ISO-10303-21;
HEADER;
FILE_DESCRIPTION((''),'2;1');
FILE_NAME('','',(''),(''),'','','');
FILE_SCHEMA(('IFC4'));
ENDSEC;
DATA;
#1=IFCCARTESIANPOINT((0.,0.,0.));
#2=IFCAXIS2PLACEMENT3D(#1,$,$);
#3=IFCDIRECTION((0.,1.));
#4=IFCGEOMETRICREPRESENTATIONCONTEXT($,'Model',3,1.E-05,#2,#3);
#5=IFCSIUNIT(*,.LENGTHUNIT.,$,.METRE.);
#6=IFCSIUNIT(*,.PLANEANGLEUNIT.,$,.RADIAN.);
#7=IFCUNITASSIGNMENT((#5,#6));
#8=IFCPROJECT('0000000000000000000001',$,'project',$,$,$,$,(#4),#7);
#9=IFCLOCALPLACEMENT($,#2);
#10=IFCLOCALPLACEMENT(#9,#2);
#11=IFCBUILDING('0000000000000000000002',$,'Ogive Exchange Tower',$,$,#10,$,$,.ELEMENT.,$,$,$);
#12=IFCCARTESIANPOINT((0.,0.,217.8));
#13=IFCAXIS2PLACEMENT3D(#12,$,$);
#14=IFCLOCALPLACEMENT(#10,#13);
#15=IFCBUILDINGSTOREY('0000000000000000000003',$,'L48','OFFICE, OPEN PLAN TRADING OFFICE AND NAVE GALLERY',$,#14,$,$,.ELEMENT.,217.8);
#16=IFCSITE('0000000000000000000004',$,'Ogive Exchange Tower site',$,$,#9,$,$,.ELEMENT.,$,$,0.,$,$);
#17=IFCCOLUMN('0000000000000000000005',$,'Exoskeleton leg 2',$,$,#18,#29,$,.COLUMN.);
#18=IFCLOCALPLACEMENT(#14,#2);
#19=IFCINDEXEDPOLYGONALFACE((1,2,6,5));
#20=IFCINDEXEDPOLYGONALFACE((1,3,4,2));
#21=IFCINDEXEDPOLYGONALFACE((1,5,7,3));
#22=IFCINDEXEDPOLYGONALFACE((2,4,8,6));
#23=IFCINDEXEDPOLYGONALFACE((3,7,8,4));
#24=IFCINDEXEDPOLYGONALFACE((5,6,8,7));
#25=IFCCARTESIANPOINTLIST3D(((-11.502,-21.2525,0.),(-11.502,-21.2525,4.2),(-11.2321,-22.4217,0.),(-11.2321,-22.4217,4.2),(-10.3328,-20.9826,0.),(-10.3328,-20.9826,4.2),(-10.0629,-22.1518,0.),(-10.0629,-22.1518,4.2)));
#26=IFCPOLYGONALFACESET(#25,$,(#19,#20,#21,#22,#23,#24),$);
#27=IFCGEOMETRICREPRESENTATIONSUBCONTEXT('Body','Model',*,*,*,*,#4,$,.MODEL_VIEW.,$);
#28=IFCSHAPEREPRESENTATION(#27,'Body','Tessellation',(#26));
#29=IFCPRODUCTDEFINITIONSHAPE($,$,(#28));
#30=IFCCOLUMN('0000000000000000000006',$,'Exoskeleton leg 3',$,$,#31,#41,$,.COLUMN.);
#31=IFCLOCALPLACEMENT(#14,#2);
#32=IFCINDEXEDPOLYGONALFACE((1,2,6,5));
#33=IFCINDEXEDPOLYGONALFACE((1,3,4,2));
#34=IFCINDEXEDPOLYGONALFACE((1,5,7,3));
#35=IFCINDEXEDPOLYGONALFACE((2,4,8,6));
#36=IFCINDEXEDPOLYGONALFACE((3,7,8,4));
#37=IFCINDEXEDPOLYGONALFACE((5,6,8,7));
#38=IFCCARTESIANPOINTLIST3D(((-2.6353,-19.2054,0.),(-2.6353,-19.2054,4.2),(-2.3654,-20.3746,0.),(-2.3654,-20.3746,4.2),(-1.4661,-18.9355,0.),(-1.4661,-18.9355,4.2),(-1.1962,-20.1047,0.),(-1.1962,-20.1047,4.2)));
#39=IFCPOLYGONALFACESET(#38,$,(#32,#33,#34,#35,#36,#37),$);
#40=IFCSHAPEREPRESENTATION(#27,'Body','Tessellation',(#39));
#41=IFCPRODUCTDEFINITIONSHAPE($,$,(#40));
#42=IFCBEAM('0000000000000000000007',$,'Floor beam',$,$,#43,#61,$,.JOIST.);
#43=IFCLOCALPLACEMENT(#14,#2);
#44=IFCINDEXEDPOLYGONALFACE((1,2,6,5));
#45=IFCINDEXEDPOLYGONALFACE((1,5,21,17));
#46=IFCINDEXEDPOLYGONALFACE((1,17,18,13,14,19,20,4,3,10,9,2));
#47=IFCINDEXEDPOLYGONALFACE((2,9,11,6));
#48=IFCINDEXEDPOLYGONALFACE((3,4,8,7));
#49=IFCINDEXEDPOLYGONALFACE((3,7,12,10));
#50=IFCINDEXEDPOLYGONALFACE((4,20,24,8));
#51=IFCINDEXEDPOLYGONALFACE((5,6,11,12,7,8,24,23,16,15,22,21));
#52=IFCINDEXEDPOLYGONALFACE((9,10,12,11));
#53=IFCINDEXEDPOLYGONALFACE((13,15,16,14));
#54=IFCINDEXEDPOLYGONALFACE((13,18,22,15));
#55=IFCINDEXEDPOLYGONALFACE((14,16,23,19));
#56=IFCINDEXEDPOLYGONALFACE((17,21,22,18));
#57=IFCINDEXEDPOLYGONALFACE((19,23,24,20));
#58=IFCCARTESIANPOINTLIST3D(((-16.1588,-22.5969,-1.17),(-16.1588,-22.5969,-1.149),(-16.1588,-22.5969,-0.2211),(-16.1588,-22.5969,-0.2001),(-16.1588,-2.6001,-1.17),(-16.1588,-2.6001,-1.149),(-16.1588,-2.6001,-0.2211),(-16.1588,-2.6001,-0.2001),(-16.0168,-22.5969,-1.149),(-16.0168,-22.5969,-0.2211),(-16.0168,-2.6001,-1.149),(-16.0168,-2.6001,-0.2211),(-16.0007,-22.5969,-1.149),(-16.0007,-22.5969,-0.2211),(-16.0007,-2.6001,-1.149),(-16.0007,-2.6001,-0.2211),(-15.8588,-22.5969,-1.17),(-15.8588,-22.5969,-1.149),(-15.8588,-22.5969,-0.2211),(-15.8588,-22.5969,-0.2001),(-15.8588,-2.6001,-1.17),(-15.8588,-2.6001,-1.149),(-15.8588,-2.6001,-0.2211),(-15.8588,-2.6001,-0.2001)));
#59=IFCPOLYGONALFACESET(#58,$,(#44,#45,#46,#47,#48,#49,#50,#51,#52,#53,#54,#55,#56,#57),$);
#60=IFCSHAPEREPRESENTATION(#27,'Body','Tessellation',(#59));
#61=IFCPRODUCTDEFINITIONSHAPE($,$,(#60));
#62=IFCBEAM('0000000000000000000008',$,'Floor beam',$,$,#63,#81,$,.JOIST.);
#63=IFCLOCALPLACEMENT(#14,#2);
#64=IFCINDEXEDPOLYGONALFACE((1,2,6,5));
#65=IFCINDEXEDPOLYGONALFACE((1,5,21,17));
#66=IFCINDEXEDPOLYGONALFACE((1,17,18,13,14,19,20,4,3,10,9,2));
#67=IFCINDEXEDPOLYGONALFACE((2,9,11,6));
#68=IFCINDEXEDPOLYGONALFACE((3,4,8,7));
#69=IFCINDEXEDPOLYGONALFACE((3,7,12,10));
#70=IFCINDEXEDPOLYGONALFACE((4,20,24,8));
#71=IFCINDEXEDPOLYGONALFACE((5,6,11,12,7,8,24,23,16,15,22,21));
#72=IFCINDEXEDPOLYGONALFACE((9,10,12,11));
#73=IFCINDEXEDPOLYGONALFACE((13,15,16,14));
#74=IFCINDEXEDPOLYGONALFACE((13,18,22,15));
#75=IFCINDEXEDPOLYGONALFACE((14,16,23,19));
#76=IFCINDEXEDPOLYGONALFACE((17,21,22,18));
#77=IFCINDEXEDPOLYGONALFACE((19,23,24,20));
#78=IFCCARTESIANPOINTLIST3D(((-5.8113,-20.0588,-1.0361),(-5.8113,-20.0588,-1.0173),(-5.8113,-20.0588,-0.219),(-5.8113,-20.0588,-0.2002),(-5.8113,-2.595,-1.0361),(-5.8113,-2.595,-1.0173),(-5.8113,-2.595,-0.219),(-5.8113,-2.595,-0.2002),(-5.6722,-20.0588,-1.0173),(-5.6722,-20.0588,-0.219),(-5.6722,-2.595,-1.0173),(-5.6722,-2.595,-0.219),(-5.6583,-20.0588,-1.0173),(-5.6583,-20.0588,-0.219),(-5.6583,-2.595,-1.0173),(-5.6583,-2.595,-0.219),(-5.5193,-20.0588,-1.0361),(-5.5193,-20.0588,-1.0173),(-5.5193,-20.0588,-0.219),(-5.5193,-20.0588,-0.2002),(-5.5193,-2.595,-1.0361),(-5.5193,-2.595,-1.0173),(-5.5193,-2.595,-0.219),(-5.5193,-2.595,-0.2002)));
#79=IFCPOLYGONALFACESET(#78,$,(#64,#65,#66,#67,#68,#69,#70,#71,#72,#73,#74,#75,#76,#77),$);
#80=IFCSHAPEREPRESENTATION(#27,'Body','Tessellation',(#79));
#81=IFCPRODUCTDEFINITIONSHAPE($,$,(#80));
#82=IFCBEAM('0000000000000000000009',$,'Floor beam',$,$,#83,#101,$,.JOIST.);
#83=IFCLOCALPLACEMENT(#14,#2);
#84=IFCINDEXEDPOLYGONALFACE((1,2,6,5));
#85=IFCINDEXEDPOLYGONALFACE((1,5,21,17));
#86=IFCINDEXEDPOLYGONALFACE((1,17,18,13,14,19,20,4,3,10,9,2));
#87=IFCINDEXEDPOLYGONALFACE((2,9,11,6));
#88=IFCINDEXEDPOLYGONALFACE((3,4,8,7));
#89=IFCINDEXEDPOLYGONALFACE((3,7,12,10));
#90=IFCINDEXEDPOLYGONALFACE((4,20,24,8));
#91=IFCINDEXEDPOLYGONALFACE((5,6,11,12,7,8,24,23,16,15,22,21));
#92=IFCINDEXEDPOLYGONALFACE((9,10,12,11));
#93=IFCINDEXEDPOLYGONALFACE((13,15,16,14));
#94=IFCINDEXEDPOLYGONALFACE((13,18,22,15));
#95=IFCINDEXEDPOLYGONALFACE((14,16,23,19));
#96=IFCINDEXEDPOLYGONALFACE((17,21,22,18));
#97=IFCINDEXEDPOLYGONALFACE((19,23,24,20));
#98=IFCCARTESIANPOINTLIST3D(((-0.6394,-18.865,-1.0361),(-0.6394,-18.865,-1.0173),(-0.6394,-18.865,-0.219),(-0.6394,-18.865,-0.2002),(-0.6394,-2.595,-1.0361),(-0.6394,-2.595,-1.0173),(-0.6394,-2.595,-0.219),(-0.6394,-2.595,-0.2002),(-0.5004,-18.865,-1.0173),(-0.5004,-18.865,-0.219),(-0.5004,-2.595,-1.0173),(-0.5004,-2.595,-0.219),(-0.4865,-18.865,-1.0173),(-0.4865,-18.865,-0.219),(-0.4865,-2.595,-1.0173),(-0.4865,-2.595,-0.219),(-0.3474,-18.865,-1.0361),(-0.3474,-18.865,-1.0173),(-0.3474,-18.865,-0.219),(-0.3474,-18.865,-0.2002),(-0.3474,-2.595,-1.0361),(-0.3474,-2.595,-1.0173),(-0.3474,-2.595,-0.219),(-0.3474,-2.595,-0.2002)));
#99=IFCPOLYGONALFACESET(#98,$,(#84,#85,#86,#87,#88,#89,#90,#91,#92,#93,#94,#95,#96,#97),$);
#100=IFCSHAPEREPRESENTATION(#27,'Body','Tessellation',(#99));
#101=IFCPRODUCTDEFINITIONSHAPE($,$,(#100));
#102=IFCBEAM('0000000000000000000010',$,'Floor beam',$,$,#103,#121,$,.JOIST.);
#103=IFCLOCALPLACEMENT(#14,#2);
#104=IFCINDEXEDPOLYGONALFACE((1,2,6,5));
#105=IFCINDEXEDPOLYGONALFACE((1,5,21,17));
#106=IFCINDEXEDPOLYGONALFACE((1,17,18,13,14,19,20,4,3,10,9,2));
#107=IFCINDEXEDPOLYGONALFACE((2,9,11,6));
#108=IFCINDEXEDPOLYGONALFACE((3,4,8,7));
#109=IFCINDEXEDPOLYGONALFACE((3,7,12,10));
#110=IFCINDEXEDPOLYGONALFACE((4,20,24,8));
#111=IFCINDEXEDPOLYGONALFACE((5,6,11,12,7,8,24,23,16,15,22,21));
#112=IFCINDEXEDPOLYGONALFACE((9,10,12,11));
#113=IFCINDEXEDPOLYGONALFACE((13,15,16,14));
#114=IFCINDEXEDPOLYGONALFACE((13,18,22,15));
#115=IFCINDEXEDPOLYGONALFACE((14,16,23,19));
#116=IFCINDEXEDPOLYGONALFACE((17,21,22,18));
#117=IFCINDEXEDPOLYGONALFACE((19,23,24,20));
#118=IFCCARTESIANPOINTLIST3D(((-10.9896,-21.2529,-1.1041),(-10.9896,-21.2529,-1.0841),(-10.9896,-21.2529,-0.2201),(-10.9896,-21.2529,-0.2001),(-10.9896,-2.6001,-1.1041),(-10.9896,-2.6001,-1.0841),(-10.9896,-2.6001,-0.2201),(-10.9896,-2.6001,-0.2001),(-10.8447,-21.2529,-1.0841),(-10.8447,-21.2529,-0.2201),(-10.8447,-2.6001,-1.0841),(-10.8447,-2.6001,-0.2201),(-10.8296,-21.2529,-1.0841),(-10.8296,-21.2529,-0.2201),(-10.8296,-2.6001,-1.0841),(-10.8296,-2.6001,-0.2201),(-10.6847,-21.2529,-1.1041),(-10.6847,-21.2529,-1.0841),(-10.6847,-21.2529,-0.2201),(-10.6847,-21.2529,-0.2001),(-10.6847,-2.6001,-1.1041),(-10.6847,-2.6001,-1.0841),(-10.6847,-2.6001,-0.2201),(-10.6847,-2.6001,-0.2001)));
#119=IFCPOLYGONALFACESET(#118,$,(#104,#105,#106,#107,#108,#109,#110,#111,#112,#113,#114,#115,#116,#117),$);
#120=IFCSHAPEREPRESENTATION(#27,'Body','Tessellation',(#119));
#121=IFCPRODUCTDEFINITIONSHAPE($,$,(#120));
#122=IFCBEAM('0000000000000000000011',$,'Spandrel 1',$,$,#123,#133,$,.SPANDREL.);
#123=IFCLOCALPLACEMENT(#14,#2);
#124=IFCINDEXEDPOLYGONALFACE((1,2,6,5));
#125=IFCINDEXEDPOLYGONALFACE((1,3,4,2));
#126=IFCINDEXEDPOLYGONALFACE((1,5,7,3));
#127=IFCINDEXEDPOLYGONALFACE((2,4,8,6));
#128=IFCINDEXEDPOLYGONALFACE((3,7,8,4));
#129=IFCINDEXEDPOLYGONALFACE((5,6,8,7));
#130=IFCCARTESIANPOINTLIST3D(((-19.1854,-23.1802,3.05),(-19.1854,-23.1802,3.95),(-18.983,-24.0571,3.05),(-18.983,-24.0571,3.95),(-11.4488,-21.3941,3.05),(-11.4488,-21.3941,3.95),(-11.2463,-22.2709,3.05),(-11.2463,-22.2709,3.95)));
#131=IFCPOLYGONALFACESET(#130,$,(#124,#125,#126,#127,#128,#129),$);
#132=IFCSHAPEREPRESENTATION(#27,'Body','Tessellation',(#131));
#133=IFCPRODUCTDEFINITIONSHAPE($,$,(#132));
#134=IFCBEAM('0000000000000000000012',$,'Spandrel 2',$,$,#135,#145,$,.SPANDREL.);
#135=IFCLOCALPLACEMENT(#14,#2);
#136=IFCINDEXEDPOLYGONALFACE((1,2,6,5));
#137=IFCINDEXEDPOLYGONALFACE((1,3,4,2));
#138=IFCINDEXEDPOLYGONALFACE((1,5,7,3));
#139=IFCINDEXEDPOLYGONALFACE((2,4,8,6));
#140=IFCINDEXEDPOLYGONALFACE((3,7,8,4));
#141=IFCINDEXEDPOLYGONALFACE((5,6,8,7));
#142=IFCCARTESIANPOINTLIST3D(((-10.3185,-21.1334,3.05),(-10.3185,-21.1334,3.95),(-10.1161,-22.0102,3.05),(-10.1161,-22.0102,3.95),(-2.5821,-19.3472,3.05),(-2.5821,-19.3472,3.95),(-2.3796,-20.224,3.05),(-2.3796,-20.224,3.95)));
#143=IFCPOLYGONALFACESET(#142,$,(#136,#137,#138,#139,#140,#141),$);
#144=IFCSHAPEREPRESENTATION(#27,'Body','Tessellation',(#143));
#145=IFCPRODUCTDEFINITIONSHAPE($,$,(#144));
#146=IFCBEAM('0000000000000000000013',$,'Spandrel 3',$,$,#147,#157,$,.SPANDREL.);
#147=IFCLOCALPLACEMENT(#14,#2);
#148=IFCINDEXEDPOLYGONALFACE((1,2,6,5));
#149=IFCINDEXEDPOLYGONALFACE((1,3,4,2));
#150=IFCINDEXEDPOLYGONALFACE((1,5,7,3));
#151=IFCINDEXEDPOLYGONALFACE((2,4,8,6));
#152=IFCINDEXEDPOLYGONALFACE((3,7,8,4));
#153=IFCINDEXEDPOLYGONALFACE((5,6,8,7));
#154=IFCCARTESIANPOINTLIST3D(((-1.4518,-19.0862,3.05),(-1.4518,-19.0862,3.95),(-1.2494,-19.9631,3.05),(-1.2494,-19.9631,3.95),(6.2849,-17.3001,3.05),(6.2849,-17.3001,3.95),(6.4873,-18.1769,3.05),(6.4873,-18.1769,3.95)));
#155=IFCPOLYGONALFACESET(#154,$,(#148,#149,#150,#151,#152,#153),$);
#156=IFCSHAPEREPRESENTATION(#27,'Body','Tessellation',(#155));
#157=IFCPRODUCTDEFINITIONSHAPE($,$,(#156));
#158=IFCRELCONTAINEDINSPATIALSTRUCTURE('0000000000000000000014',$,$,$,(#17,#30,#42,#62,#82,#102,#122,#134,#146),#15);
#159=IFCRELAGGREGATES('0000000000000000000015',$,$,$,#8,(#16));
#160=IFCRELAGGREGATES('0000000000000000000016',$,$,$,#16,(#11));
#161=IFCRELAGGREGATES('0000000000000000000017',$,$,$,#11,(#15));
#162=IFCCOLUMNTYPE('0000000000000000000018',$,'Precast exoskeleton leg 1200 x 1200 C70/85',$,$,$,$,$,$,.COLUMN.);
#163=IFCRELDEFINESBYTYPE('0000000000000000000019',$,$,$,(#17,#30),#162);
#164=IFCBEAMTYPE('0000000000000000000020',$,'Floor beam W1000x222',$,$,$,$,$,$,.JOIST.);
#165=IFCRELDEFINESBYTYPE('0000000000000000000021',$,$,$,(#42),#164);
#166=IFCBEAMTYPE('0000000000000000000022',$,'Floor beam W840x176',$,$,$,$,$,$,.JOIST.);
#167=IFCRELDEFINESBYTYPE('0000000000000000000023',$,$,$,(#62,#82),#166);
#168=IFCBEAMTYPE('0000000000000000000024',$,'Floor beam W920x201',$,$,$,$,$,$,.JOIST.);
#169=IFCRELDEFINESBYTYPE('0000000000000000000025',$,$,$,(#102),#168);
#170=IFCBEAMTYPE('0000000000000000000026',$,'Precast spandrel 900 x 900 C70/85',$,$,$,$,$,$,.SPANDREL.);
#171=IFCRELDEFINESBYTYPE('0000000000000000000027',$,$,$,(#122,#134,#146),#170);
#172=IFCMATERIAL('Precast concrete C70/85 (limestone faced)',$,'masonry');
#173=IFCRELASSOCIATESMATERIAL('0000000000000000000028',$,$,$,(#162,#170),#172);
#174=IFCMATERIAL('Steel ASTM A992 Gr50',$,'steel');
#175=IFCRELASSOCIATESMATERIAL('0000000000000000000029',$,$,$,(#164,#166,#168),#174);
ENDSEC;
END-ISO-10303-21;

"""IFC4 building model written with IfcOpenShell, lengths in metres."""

from ifc_helpers import new_model, si_unit, direction, frame, origin, origin_2d, place, context, subcontext, project, spatial, rectangle, i_section, extrude, material, material_profile, profile_set, type_object, element, save


model = new_model("IFC4")

# Units and contexts
model_context = context("Model", 3, precision=1e-05, world=origin(), true_north=direction((0.0, 1.0)))
body_context = subcontext(model_context, "Body", "Model", "MODEL_VIEW")
ifc_project = project(units=[si_unit("LENGTHUNIT", "METRE"), si_unit("PLANEANGLEUNIT", "RADIAN")], contexts=[model_context])

# Site, building, storey
site_placement = place(None, origin())
site = spatial("IfcSite", under=ifc_project, at=site_placement, Name="Ogive Exchange Tower site", CompositionType="ELEMENT", RefElevation=0.0)
building_placement = place(site_placement, origin())
building = spatial("IfcBuilding", under=site, at=building_placement, Name="Ogive Exchange Tower", CompositionType="ELEMENT")
storey_placement = place(building_placement, frame((0.0, 0.0, 217.8)))
storey = spatial("IfcBuildingStorey", under=building, at=storey_placement, Name="L48", Description="OFFICE, OPEN PLAN TRADING OFFICE AND NAVE GALLERY", CompositionType="ELEMENT", Elevation=217.8)

# Columns
ifc_material_1 = material(Name="Precast concrete C70/85 (limestone faced)", Category="masonry")
ifc_material_profile_1 = material_profile(ifc_material_1, rectangle(XDim=1.2, YDim=1.2, at=origin_2d()), Name="1200 x 1200")
ifc_profile_set_1 = profile_set([ifc_material_profile_1], Name="Precast concrete C70/85 (limestone faced)")
column_type = type_object("IfcColumnType", Name="Precast exoskeleton leg 1200 x 1200 C70/85", PredefinedType="COLUMN", material=ifc_profile_set_1)
for number, where, z_axis, x_axis, name in (
    (1, (-10.7825, -21.7021, 0.0), (0.0, 0.0, 1.0), (0.97437, 0.224951, 0.0), "Exoskeleton leg 2"),
    (2, (-1.9158, -19.655, 0.0), (0.0, 0.0, 1.0), (0.97437, 0.224951, 0.0), "Exoskeleton leg 3"),
):
    element("IfcColumn", number, at=place(storey_placement, frame(where, z_axis=z_axis, x_axis=x_axis)), inside=storey, type_object=column_type, Name=name, PredefinedType="COLUMN", context=body_context, shape_type="SweptSolid", body=[
        extrude(rectangle(XDim=1.2, YDim=1.2, at=origin_2d()), origin(), (0.0, 0.0, 1.0), 4.2),
    ])

# Beams
ifc_material_2 = material(Name="Steel ASTM A992 Gr50", Category="steel")
ifc_material_profile_2 = material_profile(ifc_material_2, i_section(OverallWidth=0.3, OverallDepth=0.97, WebThickness=0.0161, FlangeThickness=0.021, at=origin_2d()), Name="W1000x222")
ifc_profile_set_2 = profile_set([ifc_material_profile_2], Name="Steel ASTM A992 Gr50")
beam_type_1 = type_object("IfcBeamType", Name="Floor beam W1000x222", PredefinedType="JOIST", material=ifc_profile_set_2)
beam_1_placement = place(storey_placement, frame((-16.0088, -22.5969, -0.6851), z_axis=(0.0, 1.0, 0.0), x_axis=(-1.0, 0.0, 0.0)))
element("IfcBeam", 3, at=beam_1_placement, inside=storey, type_object=beam_type_1, Name="Floor beam", PredefinedType="JOIST", context=body_context, shape_type="SweptSolid", body=[
    extrude(i_section(OverallWidth=0.3, OverallDepth=0.97, WebThickness=0.0161, FlangeThickness=0.021, at=origin_2d()), origin(), (0.0, 0.0, 1.0), 19.9968),
])
ifc_material_profile_3 = material_profile(ifc_material_2, i_section(OverallWidth=0.292, OverallDepth=0.8359, WebThickness=0.0139, FlangeThickness=0.0188, at=origin_2d()), Name="W840x176")
ifc_profile_set_3 = profile_set([ifc_material_profile_3], Name="Steel ASTM A992 Gr50")
beam_type_2 = type_object("IfcBeamType", Name="Floor beam W840x176", PredefinedType="JOIST", material=ifc_profile_set_3)
beam_2_placement = place(storey_placement, frame((-5.6653, -20.0588, -0.6182), z_axis=(0.0, 1.0, 0.0), x_axis=(-1.0, 0.0, 0.0)))
element("IfcBeam", 4, at=beam_2_placement, inside=storey, type_object=beam_type_2, Name="Floor beam", PredefinedType="JOIST", context=body_context, shape_type="SweptSolid", body=[
    extrude(i_section(OverallWidth=0.292, OverallDepth=0.8359, WebThickness=0.0139, FlangeThickness=0.0188, at=origin_2d()), origin(), (0.0, 0.0, 1.0), 17.4639),
])
beam_3_placement = place(storey_placement, frame((-0.4934, -18.865, -0.6182), z_axis=(0.0, 1.0, 0.0), x_axis=(-1.0, 0.0, 0.0)))
element("IfcBeam", 5, at=beam_3_placement, inside=storey, type_object=beam_type_2, Name="Floor beam", PredefinedType="JOIST", context=body_context, shape_type="SweptSolid", body=[
    extrude(i_section(OverallWidth=0.292, OverallDepth=0.8359, WebThickness=0.0139, FlangeThickness=0.0188, at=origin_2d()), origin(), (0.0, 0.0, 1.0), 16.27),
])
ifc_material_profile_4 = material_profile(ifc_material_2, i_section(OverallWidth=0.3049, OverallDepth=0.9041, WebThickness=0.0151, FlangeThickness=0.02, at=origin_2d()), Name="W920x201")
ifc_profile_set_4 = profile_set([ifc_material_profile_4], Name="Steel ASTM A992 Gr50")
beam_type_3 = type_object("IfcBeamType", Name="Floor beam W920x201", PredefinedType="JOIST", material=ifc_profile_set_4)
beam_4_placement = place(storey_placement, frame((-10.8372, -21.2529, -0.6521), z_axis=(0.0, 1.0, 0.0), x_axis=(-1.0, 0.0, 0.0)))
element("IfcBeam", 6, at=beam_4_placement, inside=storey, type_object=beam_type_3, Name="Floor beam", PredefinedType="JOIST", context=body_context, shape_type="SweptSolid", body=[
    extrude(i_section(OverallWidth=0.3049, OverallDepth=0.9041, WebThickness=0.0151, FlangeThickness=0.02, at=origin_2d()), origin(), (0.0, 0.0, 1.0), 18.6528),
])
ifc_material_profile_5 = material_profile(ifc_material_1, rectangle(XDim=0.8999, YDim=0.8999, at=origin_2d()), Name="900 x 900")
ifc_profile_set_5 = profile_set([ifc_material_profile_5], Name="Precast concrete C70/85 (limestone faced)")
beam_type_4 = type_object("IfcBeamType", Name="Precast spandrel 900 x 900 C70/85", PredefinedType="SPANDREL", material=ifc_profile_set_5)
beam_5_placement = place(storey_placement, frame((-19.0842, -23.6187, 3.5), z_axis=(0.97437, 0.224952, 0.0), x_axis=(-0.224952, 0.97437, 0.0)))
element("IfcBeam", 7, at=beam_5_placement, inside=storey, type_object=beam_type_4, Name="Spandrel 1", PredefinedType="SPANDREL", context=body_context, shape_type="SweptSolid", body=[
    extrude(rectangle(XDim=0.8999, YDim=0.8999, at=origin_2d()), origin(), (0.0, 0.0, 1.0), 7.9402),
])
beam_6_placement = place(storey_placement, frame((-10.2173, -21.5718, 3.5), z_axis=(0.974368, 0.224958, 0.0), x_axis=(-0.224958, 0.974368, 0.0)))
element("IfcBeam", 8, at=beam_6_placement, inside=storey, type_object=beam_type_4, Name="Spandrel 2", PredefinedType="SPANDREL", context=body_context, shape_type="SweptSolid", body=[
    extrude(rectangle(XDim=0.8999, YDim=0.8999, at=origin_2d()), origin(), (0.0, 0.0, 1.0), 7.9399),
])
beam_7_placement = place(storey_placement, frame((-1.3506, -19.5247, 3.5), z_axis=(0.97437, 0.224952, 0.0), x_axis=(-0.224952, 0.97437, 0.0)))
element("IfcBeam", 9, at=beam_7_placement, inside=storey, type_object=beam_type_4, Name="Spandrel 3", PredefinedType="SPANDREL", context=body_context, shape_type="SweptSolid", body=[
    extrude(rectangle(XDim=0.8999, YDim=0.8999, at=origin_2d()), origin(), (0.0, 0.0, 1.0), 7.9402),
])

save(model, "model.ifc")
